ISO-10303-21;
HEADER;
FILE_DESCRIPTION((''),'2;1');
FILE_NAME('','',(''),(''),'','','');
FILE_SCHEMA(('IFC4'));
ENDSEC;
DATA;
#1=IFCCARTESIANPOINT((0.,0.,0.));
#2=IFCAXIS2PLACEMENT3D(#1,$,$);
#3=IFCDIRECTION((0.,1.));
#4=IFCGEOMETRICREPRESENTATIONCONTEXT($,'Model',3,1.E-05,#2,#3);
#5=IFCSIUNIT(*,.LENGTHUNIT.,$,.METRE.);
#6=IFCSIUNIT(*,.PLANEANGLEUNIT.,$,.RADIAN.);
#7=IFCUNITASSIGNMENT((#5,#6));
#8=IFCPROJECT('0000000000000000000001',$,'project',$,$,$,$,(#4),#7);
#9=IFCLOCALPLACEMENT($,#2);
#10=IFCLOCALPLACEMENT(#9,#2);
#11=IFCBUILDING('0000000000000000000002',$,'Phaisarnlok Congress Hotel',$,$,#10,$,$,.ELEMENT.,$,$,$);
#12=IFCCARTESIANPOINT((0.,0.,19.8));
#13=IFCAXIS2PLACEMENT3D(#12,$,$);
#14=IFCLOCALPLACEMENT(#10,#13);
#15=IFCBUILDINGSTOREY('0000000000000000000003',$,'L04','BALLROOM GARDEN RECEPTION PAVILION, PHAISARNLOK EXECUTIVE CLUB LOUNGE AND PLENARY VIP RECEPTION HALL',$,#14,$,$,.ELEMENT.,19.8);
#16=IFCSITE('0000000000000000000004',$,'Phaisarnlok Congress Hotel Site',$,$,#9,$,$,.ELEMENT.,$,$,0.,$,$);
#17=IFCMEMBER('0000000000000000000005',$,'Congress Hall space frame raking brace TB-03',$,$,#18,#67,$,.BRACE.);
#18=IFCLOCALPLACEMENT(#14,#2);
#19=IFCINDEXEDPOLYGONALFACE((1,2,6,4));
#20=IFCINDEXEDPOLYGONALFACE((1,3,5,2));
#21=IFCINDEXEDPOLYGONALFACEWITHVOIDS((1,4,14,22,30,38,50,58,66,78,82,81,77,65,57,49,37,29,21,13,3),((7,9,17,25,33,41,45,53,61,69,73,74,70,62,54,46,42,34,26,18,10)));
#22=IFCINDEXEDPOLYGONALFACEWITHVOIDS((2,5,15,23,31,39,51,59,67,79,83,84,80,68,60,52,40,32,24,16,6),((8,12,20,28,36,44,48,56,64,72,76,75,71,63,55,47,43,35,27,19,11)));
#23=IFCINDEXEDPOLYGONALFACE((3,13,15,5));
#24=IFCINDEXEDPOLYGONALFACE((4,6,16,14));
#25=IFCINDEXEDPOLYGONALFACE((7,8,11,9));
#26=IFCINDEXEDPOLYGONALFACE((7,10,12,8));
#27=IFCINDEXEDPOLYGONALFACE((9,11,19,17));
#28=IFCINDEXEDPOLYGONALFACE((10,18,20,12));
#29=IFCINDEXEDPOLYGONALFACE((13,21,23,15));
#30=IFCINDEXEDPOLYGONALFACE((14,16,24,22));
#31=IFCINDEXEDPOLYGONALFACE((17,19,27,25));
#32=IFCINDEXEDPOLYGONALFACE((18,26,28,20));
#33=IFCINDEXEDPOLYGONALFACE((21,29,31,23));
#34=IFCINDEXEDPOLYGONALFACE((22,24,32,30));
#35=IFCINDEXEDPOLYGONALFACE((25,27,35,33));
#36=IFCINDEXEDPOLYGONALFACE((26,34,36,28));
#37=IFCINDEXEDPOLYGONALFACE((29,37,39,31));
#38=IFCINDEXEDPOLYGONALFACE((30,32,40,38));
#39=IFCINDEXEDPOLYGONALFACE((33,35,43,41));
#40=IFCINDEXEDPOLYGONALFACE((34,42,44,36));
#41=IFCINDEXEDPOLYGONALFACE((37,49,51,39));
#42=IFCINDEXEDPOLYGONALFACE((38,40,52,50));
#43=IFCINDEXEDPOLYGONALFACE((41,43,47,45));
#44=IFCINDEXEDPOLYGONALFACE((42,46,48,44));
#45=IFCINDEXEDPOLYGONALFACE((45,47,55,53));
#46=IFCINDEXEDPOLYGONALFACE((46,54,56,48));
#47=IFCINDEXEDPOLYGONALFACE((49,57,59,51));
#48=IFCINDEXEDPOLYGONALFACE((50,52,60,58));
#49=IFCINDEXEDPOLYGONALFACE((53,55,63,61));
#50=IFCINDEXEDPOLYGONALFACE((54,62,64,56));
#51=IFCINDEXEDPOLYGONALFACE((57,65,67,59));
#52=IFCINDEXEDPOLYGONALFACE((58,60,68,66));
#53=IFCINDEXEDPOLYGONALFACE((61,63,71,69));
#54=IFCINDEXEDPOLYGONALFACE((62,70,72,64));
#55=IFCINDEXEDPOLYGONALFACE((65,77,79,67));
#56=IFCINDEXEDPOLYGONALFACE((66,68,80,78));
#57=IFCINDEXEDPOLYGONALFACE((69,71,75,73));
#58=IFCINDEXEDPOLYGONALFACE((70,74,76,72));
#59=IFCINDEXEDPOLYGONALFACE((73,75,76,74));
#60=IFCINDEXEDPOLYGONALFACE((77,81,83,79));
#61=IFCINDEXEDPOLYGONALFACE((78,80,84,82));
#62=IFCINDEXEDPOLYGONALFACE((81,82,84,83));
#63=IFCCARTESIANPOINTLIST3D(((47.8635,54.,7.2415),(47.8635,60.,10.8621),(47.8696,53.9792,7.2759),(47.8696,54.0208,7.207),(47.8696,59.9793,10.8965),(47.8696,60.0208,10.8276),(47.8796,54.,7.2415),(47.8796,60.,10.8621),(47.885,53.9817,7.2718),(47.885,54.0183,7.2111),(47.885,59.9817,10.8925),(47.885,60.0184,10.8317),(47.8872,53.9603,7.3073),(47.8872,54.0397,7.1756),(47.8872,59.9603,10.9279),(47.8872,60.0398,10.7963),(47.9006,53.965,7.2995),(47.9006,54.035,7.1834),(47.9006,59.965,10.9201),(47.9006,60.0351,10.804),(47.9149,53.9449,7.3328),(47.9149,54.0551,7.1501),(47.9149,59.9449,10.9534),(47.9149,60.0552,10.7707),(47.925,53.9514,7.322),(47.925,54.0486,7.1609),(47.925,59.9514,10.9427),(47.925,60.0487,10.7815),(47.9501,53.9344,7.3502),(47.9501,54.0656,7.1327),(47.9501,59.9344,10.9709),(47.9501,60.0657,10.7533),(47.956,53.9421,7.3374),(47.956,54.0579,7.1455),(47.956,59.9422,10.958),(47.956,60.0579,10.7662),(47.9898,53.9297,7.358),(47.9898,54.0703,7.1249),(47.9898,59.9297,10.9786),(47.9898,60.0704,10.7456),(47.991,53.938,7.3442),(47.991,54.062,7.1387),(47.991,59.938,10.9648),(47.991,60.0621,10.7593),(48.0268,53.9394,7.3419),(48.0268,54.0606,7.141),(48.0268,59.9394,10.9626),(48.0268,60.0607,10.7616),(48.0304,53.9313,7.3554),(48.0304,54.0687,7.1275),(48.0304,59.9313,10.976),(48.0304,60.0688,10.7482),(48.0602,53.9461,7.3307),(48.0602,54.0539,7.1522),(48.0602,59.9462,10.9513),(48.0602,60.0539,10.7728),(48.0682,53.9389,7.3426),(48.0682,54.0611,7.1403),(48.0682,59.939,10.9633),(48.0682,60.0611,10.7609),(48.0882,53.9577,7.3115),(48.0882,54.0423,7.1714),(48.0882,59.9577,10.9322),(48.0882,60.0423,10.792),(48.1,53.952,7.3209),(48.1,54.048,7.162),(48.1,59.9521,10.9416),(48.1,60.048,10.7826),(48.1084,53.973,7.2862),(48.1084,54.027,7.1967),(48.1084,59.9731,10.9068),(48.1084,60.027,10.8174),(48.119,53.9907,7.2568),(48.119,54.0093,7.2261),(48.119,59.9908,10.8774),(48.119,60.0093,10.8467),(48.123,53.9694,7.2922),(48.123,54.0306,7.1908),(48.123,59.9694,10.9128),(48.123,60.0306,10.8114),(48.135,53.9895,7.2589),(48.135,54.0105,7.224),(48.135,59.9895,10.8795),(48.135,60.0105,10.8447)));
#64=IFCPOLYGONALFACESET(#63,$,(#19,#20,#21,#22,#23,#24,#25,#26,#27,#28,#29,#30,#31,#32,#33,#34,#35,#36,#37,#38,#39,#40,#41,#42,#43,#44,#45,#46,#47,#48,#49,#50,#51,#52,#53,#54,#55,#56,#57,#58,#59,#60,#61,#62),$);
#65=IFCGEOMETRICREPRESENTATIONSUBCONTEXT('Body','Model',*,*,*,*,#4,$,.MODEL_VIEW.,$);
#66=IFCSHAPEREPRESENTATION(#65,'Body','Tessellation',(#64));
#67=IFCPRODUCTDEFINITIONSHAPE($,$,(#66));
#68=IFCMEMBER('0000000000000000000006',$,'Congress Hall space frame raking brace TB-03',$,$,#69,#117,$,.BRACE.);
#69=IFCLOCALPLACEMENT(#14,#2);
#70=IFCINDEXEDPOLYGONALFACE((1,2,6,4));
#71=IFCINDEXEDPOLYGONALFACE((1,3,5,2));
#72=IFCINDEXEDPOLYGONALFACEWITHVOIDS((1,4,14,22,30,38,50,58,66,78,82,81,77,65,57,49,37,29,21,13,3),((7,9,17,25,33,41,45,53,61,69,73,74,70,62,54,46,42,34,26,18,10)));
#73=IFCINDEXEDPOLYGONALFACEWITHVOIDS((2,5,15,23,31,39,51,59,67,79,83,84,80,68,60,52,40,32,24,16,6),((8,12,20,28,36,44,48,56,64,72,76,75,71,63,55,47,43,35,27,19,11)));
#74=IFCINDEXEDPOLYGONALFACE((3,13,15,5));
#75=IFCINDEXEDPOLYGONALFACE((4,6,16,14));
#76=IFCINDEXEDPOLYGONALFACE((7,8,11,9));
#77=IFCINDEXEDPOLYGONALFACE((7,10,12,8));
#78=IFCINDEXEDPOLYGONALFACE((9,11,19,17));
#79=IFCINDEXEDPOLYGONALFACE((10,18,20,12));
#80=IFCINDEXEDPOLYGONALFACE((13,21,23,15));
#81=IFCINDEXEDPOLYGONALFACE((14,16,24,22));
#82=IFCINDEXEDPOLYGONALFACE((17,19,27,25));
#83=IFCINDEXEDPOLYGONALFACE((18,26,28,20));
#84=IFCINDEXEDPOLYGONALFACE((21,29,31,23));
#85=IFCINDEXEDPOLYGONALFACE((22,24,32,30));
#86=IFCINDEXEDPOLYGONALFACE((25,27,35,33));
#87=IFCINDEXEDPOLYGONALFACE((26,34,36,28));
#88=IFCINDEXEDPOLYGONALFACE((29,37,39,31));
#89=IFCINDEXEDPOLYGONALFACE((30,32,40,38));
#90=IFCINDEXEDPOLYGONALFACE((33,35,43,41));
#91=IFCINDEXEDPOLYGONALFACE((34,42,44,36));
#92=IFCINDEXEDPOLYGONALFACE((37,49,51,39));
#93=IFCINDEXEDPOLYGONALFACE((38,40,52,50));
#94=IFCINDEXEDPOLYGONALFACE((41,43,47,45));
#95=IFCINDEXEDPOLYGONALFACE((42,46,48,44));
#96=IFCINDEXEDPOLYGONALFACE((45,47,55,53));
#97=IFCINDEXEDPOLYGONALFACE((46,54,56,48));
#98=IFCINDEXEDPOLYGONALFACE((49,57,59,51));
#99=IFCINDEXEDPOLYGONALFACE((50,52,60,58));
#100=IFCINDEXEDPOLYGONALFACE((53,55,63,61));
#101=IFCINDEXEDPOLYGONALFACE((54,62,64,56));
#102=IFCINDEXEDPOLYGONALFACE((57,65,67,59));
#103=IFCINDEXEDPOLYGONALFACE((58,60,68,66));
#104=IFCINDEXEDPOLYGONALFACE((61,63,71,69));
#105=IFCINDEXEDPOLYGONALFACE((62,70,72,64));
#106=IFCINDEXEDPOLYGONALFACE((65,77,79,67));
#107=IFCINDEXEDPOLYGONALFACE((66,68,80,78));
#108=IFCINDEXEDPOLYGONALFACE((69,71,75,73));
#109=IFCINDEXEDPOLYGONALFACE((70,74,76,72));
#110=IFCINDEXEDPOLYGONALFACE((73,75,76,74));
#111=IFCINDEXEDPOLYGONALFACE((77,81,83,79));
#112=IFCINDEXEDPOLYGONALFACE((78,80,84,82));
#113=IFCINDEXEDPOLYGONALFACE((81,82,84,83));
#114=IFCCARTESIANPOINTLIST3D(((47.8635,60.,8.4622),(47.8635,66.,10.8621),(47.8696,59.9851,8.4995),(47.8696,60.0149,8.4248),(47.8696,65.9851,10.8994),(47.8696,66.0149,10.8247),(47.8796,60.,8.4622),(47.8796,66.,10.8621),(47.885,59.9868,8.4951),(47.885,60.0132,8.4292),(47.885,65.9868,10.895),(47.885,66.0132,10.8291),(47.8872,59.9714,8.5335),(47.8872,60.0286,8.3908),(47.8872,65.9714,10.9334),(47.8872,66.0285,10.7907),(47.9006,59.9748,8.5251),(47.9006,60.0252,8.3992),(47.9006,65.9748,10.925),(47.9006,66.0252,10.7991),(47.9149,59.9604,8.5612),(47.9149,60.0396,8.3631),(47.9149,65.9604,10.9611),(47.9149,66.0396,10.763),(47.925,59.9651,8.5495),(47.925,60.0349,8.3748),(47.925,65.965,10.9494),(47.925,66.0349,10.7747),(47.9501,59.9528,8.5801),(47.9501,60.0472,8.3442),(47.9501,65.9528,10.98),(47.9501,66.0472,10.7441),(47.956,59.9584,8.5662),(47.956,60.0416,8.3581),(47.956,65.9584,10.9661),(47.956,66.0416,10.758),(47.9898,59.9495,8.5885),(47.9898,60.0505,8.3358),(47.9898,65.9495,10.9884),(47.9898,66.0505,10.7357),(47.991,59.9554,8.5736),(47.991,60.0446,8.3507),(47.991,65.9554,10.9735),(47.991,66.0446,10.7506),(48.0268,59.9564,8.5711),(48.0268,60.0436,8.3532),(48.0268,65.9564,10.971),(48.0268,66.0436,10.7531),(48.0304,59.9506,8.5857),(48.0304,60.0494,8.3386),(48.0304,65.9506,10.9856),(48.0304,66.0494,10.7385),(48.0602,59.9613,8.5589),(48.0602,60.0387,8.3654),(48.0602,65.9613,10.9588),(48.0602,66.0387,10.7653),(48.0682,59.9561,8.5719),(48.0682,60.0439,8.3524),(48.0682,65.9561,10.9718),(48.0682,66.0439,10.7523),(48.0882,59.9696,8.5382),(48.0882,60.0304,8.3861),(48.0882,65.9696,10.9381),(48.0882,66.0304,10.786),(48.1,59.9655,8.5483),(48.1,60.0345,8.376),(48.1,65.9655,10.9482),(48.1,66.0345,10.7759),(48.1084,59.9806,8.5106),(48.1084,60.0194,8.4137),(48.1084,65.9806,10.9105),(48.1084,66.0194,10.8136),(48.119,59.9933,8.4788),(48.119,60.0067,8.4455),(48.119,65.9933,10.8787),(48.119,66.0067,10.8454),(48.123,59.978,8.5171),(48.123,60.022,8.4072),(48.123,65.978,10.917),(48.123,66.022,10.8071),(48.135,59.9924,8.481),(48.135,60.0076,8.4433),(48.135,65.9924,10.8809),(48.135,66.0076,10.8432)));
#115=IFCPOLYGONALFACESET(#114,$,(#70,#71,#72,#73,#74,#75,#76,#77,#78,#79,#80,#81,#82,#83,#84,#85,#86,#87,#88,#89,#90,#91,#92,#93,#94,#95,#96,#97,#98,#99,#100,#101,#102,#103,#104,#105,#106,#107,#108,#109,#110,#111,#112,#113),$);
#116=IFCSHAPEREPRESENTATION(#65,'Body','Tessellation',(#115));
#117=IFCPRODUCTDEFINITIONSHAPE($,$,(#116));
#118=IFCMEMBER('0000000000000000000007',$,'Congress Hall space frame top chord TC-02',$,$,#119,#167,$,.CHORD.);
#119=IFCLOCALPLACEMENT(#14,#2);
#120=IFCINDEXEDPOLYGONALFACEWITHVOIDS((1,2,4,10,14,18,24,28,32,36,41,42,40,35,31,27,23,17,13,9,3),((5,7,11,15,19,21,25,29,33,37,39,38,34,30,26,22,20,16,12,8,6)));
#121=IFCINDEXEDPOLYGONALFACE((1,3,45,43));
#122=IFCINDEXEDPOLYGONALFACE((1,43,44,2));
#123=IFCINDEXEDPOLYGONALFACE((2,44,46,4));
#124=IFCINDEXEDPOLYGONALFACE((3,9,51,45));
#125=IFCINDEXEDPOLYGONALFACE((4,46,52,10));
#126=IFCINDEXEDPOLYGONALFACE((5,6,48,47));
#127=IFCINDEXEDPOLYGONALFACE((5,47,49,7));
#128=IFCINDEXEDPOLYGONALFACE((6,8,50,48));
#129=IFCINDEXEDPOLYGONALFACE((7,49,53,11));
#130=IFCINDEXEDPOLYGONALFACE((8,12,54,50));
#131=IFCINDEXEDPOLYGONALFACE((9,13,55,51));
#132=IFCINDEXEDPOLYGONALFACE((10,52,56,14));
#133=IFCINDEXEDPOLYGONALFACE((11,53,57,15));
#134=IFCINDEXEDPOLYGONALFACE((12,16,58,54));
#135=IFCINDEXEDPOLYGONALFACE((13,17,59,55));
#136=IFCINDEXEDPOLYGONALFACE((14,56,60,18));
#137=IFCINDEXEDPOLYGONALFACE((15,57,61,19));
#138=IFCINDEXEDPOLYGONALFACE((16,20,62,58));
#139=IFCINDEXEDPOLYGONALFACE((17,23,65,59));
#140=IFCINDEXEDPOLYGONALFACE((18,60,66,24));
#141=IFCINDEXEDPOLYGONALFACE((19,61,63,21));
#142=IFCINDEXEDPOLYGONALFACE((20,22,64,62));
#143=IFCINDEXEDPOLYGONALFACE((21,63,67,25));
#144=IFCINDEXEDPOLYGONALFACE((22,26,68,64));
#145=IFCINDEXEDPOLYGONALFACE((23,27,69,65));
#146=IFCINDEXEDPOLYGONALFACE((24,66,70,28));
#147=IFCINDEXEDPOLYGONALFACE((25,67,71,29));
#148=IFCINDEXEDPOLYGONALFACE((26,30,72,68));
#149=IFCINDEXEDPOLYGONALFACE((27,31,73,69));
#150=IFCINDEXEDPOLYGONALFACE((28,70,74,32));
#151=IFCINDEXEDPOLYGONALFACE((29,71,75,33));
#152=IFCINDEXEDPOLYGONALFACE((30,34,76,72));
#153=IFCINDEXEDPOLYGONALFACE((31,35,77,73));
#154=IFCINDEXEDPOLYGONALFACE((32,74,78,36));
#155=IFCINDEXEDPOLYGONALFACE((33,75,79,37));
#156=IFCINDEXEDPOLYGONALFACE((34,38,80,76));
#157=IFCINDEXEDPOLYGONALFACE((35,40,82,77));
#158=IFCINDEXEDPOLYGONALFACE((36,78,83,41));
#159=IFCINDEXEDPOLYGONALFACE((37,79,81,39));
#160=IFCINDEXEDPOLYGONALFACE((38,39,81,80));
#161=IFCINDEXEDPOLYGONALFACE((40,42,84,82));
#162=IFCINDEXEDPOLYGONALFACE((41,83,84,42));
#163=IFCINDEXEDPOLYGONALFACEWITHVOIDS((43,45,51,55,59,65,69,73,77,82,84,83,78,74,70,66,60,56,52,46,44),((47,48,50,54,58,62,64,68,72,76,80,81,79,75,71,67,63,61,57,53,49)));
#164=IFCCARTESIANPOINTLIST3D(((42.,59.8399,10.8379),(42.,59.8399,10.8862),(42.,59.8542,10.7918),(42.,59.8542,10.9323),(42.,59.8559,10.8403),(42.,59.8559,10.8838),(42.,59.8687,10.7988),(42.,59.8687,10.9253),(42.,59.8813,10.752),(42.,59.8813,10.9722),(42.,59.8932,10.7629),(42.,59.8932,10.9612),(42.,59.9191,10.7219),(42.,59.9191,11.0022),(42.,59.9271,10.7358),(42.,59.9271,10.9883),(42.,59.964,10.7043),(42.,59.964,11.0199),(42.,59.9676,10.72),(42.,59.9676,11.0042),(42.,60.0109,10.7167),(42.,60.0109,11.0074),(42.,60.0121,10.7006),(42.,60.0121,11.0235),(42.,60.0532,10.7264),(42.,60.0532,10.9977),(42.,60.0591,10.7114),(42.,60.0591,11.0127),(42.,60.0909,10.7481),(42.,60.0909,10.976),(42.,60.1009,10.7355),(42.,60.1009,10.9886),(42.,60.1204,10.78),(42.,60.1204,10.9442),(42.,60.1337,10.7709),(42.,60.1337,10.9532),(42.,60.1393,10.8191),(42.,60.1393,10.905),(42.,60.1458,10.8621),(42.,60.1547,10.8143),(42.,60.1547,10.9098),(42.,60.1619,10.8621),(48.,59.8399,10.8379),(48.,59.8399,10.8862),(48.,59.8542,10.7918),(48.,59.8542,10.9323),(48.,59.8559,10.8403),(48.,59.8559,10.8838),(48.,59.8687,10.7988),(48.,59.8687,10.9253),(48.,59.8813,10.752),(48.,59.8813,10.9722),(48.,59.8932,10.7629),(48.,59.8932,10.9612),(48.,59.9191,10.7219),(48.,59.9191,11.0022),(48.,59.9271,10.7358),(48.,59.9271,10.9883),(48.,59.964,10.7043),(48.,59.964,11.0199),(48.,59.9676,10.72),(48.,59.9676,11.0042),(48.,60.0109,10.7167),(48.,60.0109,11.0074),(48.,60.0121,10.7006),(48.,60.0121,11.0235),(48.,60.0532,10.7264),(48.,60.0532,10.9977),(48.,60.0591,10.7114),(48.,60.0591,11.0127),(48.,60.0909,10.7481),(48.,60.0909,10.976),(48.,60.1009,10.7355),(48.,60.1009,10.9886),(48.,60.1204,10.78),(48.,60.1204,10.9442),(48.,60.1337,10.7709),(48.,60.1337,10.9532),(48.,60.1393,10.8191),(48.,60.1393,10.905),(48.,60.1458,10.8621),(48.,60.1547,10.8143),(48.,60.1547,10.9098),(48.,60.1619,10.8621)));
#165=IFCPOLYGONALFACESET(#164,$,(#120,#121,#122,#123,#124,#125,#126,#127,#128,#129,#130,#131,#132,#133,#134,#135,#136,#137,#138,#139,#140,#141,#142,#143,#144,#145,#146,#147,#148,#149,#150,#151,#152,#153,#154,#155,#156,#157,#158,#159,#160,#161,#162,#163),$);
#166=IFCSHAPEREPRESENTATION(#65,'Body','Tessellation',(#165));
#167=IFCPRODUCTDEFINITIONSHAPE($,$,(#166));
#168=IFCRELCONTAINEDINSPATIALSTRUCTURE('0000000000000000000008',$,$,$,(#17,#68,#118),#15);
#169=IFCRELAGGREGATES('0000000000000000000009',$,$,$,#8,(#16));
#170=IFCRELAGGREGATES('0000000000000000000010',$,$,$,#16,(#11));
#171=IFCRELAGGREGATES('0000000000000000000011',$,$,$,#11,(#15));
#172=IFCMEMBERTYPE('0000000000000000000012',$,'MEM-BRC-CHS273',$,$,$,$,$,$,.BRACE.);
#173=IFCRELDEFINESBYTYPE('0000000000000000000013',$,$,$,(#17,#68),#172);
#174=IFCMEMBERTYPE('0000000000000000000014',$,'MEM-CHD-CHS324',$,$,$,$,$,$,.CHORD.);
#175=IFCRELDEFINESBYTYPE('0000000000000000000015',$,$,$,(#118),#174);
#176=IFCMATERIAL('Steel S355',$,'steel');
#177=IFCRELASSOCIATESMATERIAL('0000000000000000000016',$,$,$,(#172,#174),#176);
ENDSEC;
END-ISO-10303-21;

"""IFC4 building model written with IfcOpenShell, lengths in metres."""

from ifc_helpers import new_model, si_unit, direction, frame, origin, origin_2d, place, context, subcontext, project, spatial, hollow_circle, extrude, material, material_profile, profile_set, type_object, element, save


model = new_model("IFC4")

# Units and contexts
model_context = context("Model", 3, precision=1e-05, world=origin(), true_north=direction((0.0, 1.0)))
body_context = subcontext(model_context, "Body", "Model", "MODEL_VIEW")
ifc_project = project(units=[si_unit("LENGTHUNIT", "METRE"), si_unit("PLANEANGLEUNIT", "RADIAN")], contexts=[model_context])

# Site, building, storey
site_placement = place(None, origin())
site = spatial("IfcSite", under=ifc_project, at=site_placement, Name="Phaisarnlok Congress Hotel Site", CompositionType="ELEMENT", RefElevation=0.0)
building_placement = place(site_placement, origin())
building = spatial("IfcBuilding", under=site, at=building_placement, Name="Phaisarnlok Congress Hotel", CompositionType="ELEMENT")
storey_placement = place(building_placement, frame((0.0, 0.0, 19.8)))
storey = spatial("IfcBuildingStorey", under=building, at=storey_placement, Name="L04", Description="BALLROOM GARDEN RECEPTION PAVILION, PHAISARNLOK EXECUTIVE CLUB LOUNGE AND PLENARY VIP RECEPTION HALL", CompositionType="ELEMENT", Elevation=19.8)

# Members
ifc_material = material(Name="Steel S355", Category="steel")
ifc_material_profile_1 = material_profile(ifc_material, hollow_circle(Radius=0.1365, WallThickness=0.0161, at=origin_2d()), Name="CHS 273x16")
ifc_profile_set_1 = profile_set([ifc_material_profile_1], Name="Steel S355")
member_type_1 = type_object("IfcMemberType", Name="MEM-BRC-CHS273", PredefinedType="BRACE", material=ifc_profile_set_1)
member_1_placement = place(storey_placement, frame((48.0, 54.0, 7.2415), z_axis=(0.0, 0.856193, 0.516656), x_axis=(-1.0, 0.0, 0.0)))
element("IfcMember", 1, at=member_1_placement, inside=storey, type_object=member_type_1, Name="Congress Hall space frame raking brace TB-03", PredefinedType="BRACE", context=body_context, shape_type="SweptSolid", body=[
    extrude(hollow_circle(Radius=0.1365, WallThickness=0.0161, at=origin_2d()), origin(), (0.0, 0.0, 1.0), 7.0078),
])
member_2_placement = place(storey_placement, frame((48.0, 60.0, 8.4622), z_axis=(0.0, 0.928482, 0.371378), x_axis=(-1.0, 0.0, 0.0)))
element("IfcMember", 2, at=member_2_placement, inside=storey, type_object=member_type_1, Name="Congress Hall space frame raking brace TB-03", PredefinedType="BRACE", context=body_context, shape_type="SweptSolid", body=[
    extrude(hollow_circle(Radius=0.1365, WallThickness=0.0161, at=origin_2d()), origin(), (0.0, 0.0, 1.0), 6.4622),
])
ifc_material_profile_2 = material_profile(ifc_material, hollow_circle(Radius=0.1619, WallThickness=0.0161, at=origin_2d()), Name="CHS 323.9x16")
ifc_profile_set_2 = profile_set([ifc_material_profile_2], Name="Steel S355")
member_type_2 = type_object("IfcMemberType", Name="MEM-CHD-CHS324", PredefinedType="CHORD", material=ifc_profile_set_2)
for number, where, z_axis, x_axis, name in (
    (3, (42.0, 60.0, 10.8621), (1.0, 0.0, 0.0), (0.0, 1.0, 0.0), "Congress Hall space frame top chord TC-02"),
):
    element("IfcMember", number, at=place(storey_placement, frame(where, z_axis=z_axis, x_axis=x_axis)), inside=storey, type_object=member_type_2, Name=name, PredefinedType="CHORD", context=body_context, shape_type="SweptSolid", body=[
        extrude(hollow_circle(Radius=0.1619, WallThickness=0.0161, at=origin_2d()), origin(), (0.0, 0.0, 1.0), 6.0),
    ])

save(model, "model.ifc")
